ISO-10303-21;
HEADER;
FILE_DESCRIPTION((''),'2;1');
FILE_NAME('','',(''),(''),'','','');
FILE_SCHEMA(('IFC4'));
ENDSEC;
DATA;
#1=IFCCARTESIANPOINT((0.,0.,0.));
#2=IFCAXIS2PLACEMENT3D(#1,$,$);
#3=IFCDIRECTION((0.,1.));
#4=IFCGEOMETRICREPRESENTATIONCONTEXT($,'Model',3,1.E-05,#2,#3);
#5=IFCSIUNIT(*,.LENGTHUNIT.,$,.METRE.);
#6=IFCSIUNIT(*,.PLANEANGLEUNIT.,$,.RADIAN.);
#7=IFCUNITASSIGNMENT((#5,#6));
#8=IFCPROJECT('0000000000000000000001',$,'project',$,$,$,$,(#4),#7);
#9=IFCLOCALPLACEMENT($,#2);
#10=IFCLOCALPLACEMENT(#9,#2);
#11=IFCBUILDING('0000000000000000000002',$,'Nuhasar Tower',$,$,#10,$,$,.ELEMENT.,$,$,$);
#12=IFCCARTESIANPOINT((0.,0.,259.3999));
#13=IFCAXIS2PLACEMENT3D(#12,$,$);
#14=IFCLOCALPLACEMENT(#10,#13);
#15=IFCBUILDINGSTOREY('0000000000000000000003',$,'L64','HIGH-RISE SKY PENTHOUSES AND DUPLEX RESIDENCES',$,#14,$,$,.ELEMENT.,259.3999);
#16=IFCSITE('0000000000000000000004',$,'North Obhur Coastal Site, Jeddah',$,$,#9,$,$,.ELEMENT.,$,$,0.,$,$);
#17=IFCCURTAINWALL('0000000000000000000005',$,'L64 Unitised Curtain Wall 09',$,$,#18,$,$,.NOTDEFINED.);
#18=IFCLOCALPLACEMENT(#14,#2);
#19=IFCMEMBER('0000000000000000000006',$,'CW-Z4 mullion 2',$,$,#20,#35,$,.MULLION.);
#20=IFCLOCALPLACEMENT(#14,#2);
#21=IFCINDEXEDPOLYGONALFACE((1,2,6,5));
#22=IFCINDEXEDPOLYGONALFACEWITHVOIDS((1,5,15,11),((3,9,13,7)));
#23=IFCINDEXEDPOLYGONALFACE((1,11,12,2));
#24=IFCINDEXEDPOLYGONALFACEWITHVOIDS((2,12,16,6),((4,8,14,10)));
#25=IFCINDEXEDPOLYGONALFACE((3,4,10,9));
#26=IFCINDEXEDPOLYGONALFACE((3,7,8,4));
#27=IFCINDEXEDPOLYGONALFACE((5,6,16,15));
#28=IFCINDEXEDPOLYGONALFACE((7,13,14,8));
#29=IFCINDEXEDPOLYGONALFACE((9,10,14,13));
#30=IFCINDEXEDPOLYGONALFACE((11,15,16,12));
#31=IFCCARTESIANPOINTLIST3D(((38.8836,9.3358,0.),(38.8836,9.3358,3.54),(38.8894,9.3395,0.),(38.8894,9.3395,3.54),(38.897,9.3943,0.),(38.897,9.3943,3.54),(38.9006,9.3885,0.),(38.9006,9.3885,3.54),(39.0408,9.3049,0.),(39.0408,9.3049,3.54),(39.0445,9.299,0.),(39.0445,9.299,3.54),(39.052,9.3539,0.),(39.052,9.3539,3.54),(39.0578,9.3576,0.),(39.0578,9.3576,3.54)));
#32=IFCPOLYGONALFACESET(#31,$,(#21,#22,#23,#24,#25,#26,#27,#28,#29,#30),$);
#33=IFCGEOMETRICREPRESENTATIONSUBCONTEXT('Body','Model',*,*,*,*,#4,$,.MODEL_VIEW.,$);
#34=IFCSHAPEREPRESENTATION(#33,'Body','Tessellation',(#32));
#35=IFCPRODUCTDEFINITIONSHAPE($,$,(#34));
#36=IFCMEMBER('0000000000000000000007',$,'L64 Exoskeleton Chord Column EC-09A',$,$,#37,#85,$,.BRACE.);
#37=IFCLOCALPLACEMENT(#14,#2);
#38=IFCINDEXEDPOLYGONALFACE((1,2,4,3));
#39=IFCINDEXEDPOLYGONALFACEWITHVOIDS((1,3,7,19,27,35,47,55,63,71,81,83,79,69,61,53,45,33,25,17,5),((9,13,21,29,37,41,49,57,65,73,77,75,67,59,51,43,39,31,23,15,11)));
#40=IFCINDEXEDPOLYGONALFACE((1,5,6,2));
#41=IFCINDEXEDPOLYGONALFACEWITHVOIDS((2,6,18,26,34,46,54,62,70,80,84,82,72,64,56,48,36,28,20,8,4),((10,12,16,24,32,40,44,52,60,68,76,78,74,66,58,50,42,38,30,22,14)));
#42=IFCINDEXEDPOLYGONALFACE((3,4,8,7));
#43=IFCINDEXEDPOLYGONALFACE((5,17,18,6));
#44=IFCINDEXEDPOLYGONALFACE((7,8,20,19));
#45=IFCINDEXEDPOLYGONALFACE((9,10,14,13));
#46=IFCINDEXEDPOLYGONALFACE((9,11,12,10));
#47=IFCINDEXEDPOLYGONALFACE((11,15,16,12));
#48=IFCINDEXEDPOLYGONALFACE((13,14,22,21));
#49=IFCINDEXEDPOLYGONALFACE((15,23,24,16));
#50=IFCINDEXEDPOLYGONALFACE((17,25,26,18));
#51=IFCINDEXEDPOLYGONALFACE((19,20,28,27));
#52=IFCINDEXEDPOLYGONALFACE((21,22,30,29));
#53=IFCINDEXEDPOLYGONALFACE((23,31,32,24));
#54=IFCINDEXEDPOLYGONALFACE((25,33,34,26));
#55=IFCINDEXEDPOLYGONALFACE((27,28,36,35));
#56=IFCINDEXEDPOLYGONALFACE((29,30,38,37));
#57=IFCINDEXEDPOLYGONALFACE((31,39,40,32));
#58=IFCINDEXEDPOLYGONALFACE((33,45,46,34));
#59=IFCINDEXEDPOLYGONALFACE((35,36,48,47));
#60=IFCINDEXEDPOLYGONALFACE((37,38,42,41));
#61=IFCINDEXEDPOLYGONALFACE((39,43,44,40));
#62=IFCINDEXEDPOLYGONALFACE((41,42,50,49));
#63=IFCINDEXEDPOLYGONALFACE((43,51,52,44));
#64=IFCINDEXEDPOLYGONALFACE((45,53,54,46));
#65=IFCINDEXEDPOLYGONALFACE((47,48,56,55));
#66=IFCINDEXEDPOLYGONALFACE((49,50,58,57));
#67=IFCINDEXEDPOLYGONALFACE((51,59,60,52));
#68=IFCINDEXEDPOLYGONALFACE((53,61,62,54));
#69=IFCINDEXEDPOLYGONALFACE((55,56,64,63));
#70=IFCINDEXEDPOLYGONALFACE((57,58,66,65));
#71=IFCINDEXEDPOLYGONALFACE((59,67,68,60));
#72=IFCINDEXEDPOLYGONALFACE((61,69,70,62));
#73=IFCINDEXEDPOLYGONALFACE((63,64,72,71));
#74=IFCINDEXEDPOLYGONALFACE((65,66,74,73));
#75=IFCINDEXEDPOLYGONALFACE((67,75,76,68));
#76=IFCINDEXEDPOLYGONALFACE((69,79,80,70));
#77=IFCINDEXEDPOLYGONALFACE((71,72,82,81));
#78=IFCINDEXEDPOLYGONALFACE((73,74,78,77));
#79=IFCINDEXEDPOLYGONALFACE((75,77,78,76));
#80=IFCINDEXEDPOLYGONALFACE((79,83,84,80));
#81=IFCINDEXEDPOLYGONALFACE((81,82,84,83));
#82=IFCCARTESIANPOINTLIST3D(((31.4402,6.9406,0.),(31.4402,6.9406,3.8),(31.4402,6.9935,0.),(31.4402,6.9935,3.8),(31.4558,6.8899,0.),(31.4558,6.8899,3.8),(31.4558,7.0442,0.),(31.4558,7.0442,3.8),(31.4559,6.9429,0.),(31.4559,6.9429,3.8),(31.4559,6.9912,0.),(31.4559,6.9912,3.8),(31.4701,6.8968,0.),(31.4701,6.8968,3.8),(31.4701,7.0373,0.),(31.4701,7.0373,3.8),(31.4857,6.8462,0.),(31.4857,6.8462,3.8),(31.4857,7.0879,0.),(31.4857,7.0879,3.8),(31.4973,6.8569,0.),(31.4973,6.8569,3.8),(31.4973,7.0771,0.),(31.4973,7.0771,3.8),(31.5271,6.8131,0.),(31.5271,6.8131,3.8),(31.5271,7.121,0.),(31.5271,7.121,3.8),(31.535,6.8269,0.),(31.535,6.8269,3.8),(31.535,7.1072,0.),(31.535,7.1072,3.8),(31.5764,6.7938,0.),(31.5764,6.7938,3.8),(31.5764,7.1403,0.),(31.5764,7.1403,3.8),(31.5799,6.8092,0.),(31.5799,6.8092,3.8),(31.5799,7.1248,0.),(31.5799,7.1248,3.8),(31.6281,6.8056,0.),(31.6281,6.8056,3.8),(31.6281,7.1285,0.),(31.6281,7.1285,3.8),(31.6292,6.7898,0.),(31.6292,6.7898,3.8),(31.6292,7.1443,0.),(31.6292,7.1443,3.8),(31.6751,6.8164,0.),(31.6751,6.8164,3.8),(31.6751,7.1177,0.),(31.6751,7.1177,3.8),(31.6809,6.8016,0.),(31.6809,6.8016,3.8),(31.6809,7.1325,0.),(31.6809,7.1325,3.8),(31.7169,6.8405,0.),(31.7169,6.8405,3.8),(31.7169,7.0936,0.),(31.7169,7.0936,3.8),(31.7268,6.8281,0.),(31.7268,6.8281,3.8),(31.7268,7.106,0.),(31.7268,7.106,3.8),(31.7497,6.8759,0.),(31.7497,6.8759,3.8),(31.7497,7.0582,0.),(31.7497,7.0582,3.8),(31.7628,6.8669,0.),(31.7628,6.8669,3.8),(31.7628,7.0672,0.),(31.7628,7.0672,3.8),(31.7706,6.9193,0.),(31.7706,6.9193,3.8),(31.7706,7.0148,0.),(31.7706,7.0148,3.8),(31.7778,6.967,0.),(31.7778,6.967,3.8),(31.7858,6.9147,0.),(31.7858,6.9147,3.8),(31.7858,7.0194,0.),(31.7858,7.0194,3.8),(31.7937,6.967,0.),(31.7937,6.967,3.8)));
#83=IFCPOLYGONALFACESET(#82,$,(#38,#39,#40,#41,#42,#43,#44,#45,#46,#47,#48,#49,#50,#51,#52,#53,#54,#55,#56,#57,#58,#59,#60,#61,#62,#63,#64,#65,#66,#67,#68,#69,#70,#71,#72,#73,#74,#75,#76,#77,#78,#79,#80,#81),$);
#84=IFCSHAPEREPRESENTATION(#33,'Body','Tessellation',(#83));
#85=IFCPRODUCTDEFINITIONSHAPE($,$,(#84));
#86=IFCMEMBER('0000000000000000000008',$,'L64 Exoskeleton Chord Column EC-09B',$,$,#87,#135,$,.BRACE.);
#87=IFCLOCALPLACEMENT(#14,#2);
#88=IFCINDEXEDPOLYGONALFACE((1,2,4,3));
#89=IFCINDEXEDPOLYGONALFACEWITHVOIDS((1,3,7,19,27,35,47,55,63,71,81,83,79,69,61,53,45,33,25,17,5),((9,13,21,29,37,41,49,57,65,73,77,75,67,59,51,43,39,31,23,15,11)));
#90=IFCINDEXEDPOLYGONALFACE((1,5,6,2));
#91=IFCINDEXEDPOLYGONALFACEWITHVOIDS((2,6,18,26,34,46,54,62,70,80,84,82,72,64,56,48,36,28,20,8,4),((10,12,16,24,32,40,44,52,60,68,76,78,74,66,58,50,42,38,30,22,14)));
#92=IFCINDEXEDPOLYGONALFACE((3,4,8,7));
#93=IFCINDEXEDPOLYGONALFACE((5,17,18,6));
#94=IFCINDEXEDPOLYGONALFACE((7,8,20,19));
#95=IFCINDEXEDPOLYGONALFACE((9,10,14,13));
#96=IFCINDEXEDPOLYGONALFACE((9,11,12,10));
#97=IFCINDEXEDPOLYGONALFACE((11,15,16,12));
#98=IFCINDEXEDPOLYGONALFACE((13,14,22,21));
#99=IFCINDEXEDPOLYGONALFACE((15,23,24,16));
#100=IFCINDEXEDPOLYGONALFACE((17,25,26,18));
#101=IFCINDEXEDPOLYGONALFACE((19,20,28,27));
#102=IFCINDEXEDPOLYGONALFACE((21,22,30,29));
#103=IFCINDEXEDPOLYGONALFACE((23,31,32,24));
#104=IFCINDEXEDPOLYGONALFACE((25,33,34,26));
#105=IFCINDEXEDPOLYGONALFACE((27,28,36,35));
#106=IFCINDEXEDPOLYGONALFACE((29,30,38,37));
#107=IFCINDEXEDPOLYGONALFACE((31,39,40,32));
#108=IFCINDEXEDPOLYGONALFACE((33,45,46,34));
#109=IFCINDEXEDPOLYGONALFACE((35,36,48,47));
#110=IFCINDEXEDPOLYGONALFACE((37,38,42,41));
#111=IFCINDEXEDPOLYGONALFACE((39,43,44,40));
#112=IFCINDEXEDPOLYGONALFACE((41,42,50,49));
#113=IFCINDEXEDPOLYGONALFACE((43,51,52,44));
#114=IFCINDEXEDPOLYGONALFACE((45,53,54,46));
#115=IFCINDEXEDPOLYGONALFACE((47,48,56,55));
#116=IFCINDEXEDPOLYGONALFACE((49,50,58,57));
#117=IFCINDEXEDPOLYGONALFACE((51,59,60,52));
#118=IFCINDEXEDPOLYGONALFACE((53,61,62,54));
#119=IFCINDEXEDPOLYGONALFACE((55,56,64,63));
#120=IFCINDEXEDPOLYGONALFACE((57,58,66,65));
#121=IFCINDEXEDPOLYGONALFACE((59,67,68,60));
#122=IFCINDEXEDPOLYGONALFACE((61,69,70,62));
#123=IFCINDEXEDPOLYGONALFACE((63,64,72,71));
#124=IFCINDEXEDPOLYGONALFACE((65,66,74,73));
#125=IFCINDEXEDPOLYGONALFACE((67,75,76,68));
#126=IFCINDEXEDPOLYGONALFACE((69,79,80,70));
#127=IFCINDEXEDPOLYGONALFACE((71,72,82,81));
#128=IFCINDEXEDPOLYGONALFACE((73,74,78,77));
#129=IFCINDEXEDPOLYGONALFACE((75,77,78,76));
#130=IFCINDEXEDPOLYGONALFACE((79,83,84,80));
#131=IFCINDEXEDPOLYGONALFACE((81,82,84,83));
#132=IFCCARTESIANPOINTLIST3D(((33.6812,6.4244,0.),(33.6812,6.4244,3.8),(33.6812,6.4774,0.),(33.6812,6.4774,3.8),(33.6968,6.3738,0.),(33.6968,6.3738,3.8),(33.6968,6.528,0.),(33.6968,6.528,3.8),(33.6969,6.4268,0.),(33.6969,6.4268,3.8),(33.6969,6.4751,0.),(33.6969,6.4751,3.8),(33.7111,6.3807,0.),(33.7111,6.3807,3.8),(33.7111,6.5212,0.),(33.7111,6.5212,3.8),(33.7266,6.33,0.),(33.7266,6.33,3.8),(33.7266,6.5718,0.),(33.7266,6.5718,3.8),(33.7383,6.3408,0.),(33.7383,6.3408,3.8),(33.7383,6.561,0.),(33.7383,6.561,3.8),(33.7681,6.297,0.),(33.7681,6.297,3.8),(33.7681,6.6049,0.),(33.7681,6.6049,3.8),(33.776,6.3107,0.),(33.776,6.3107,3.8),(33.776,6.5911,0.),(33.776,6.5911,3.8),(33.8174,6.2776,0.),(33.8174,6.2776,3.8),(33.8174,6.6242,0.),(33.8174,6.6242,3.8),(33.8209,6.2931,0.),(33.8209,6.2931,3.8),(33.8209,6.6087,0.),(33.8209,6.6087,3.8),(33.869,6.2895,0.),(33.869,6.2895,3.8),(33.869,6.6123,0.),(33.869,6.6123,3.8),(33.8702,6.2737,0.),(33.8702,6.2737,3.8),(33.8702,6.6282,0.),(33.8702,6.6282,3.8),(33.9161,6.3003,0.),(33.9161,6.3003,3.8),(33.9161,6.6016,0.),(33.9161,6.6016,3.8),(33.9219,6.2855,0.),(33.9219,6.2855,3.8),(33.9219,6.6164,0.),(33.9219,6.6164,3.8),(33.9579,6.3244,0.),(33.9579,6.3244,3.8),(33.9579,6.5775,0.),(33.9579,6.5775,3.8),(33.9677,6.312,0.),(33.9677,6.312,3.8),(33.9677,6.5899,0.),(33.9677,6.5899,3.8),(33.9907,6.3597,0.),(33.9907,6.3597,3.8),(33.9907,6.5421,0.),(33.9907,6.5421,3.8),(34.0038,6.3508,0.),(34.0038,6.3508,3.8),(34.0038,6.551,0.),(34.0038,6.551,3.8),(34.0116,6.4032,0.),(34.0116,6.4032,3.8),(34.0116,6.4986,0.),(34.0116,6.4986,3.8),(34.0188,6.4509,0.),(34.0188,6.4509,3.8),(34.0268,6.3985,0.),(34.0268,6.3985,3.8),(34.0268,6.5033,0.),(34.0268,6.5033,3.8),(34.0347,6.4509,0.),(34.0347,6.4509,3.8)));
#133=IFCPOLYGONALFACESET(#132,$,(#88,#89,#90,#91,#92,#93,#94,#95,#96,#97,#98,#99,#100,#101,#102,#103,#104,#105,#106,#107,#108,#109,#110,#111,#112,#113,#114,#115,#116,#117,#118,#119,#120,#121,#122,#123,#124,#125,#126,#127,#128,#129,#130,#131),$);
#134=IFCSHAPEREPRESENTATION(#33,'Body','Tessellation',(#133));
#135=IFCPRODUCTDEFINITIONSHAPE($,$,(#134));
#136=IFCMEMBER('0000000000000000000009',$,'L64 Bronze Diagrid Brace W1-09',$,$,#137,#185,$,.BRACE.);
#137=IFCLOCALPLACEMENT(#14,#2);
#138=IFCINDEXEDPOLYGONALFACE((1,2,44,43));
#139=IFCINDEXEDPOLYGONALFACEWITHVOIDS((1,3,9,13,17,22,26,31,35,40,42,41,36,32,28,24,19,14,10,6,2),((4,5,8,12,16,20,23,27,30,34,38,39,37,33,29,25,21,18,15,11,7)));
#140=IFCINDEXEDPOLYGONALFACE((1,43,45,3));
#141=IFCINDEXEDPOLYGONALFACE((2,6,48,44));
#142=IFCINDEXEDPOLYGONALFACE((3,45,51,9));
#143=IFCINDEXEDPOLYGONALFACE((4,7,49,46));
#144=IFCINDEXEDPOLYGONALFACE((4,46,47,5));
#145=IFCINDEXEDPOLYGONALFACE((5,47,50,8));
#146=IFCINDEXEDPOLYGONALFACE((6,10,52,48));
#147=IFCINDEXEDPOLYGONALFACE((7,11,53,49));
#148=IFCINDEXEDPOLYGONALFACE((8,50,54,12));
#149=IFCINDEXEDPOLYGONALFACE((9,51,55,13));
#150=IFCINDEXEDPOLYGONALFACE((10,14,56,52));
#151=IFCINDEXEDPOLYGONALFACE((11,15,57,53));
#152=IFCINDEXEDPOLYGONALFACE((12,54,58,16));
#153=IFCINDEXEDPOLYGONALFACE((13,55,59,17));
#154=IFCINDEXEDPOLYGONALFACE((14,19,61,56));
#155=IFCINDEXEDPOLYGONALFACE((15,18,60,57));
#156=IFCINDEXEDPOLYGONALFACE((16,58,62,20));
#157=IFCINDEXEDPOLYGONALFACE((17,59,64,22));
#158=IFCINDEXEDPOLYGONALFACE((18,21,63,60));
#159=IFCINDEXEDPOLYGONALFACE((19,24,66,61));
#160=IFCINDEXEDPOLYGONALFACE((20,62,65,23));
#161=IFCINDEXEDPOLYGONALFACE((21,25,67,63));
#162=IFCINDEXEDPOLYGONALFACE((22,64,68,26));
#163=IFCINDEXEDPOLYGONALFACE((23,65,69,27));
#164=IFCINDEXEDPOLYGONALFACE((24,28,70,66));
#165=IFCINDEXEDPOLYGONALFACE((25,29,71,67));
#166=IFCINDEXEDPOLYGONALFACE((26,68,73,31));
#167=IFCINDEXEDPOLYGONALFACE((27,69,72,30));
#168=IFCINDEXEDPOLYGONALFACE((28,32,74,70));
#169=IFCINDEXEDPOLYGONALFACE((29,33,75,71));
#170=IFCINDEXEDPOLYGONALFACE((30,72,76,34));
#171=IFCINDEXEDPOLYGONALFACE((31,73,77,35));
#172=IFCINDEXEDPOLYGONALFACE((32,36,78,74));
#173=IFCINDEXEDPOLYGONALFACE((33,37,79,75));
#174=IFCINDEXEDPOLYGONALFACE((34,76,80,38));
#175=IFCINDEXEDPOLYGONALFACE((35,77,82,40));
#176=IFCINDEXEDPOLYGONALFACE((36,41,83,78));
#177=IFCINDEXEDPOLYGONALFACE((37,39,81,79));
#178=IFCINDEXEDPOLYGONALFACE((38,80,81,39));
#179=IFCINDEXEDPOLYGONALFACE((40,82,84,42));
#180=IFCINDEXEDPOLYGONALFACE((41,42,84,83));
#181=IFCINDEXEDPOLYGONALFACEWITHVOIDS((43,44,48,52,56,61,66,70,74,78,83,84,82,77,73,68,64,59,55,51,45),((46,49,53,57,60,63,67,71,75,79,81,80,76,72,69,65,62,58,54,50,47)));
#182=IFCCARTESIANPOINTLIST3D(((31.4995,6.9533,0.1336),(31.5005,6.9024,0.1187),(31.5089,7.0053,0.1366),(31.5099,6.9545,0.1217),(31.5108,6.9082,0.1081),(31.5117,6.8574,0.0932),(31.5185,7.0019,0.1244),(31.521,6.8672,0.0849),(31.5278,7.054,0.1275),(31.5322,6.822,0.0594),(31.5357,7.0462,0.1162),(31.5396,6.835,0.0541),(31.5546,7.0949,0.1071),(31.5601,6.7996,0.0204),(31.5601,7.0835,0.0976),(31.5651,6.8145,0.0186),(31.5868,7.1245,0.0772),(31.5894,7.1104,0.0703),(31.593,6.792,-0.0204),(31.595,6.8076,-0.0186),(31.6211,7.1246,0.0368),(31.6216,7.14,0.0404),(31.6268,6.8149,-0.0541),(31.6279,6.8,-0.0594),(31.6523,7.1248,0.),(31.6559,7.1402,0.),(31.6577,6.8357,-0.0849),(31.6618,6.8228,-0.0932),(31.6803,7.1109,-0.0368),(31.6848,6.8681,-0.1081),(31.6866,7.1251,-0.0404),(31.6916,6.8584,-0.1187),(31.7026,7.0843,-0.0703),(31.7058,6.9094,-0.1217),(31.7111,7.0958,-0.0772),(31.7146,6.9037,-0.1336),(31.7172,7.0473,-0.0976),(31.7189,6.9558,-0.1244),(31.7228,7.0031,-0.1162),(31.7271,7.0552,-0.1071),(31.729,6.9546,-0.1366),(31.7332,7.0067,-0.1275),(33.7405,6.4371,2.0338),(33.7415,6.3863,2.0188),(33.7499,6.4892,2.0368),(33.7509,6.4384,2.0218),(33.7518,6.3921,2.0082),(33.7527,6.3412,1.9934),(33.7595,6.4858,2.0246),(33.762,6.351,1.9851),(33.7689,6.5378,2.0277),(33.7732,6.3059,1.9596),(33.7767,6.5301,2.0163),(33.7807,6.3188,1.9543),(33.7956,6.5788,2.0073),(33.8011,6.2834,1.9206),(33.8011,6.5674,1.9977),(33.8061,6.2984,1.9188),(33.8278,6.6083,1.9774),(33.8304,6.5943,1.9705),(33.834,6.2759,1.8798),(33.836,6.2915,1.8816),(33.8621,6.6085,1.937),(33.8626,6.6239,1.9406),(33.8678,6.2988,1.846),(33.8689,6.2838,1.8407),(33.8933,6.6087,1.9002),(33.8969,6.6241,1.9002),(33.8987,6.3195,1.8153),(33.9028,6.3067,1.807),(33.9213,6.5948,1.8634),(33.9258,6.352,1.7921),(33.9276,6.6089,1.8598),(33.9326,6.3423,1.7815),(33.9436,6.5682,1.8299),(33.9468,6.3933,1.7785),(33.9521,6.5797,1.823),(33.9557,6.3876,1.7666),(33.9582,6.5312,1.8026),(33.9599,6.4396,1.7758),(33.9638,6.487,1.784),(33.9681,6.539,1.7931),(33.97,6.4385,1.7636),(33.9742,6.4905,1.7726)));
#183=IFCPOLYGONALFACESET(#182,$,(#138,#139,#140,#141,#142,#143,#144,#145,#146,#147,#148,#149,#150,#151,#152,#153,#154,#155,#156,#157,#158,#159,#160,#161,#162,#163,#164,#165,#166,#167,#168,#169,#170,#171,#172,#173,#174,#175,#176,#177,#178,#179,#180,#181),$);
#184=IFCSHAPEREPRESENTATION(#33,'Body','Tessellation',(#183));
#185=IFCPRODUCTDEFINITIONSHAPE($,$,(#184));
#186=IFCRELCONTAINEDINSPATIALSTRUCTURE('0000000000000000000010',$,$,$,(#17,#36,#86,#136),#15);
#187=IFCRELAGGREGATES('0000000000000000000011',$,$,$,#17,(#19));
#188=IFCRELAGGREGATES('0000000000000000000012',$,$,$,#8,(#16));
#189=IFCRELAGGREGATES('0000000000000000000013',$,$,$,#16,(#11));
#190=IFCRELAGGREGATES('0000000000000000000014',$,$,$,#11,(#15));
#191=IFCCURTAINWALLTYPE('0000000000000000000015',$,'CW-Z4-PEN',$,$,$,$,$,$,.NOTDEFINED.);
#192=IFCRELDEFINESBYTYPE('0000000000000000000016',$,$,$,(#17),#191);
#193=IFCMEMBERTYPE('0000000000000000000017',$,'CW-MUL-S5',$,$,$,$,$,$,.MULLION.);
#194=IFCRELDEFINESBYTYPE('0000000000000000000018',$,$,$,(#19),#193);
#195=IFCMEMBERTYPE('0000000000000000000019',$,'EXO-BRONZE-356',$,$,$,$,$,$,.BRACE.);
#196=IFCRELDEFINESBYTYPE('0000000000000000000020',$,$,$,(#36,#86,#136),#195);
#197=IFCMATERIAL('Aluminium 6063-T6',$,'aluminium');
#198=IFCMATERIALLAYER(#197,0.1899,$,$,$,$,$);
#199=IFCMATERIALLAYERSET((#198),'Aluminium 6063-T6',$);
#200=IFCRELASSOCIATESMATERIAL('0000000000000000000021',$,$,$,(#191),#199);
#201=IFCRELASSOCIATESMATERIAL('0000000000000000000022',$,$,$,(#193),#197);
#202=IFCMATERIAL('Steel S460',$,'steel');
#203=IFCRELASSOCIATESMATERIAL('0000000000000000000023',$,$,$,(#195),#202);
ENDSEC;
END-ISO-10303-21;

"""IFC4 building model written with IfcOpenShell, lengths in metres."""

from ifc_helpers import new_model, si_unit, direction, frame, origin, origin_2d, place, context, subcontext, project, spatial, hollow_rectangle, hollow_circle, extrude, material, layer, layer_set, material_profile, profile_set, type_object, element, aggregate, save


model = new_model("IFC4")

# Units and contexts
model_context = context("Model", 3, precision=1e-05, world=origin(), true_north=direction((0.0, 1.0)))
body_context = subcontext(model_context, "Body", "Model", "MODEL_VIEW")
ifc_project = project(units=[si_unit("LENGTHUNIT", "METRE"), si_unit("PLANEANGLEUNIT", "RADIAN")], contexts=[model_context])

# Site, building, storey
site_placement = place(None, origin())
site = spatial("IfcSite", under=ifc_project, at=site_placement, Name="North Obhur Coastal Site, Jeddah", CompositionType="ELEMENT", RefElevation=0.0)
building_placement = place(site_placement, origin())
building = spatial("IfcBuilding", under=site, at=building_placement, Name="Nuhasar Tower", CompositionType="ELEMENT")
storey_placement = place(building_placement, frame((0.0, 0.0, 259.3999)))
storey = spatial("IfcBuildingStorey", under=building, at=storey_placement, Name="L64", Description="HIGH-RISE SKY PENTHOUSES AND DUPLEX RESIDENCES", CompositionType="ELEMENT", Elevation=259.3999)

# Curtain wall, member
ifc_material_1 = material(Name="Aluminium 6063-T6", Category="aluminium")
ifc_layer_1 = layer(ifc_material_1, 0.1899)
ifc_layer_set_1 = layer_set([ifc_layer_1], Name="Aluminium 6063-T6")
curtain_wall_type = type_object("IfcCurtainWallType", Name="CW-Z4-PEN", PredefinedType="NOTDEFINED", material=ifc_layer_set_1)
curtain_wall_placement = place(storey_placement, origin())
curtain_wall = element("IfcCurtainWall", 1, at=curtain_wall_placement, inside=storey, type_object=curtain_wall_type, Name="L64 Unitised Curtain Wall 09", PredefinedType="NOTDEFINED")
ifc_material_profile_1 = material_profile(ifc_material_1, hollow_rectangle(XDim=0.0601, YDim=0.165, WallThickness=0.0049, at=origin_2d()), Name="CWM-5")
ifc_profile_set_1 = profile_set([ifc_material_profile_1], Name="Aluminium 6063-T6")
member_type_1 = type_object("IfcMemberType", Name="CW-MUL-S5", PredefinedType="MULLION", material=ifc_profile_set_1)
member_1_placement = place(storey_placement, frame((38.9707, 9.3467, 0.0), z_axis=(0.0, 0.0, 1.0), x_axis=(0.222889, 0.974844, 0.0)))
member_1 = element("IfcMember", 2, at=member_1_placement, type_object=member_type_1, Name="CW-Z4 mullion 2", PredefinedType="MULLION", context=body_context, shape_type="SweptSolid", body=[
    extrude(hollow_rectangle(XDim=0.0601, YDim=0.165, WallThickness=0.0049, at=origin_2d()), origin(), (0.0, 0.0, 1.0), 3.54),
])

# Members
ifc_material_2 = material(Name="Steel S460", Category="steel")
ifc_material_profile_2 = material_profile(ifc_material_2, hollow_circle(Radius=0.1777, WallThickness=0.0159, at=origin_2d()), Name="HSS355.6X15.9")
ifc_profile_set_2 = profile_set([ifc_material_profile_2], Name="Steel S460")
member_type_2 = type_object("IfcMemberType", Name="EXO-BRONZE-356", PredefinedType="BRACE", material=ifc_profile_set_2)
for number, where, z_axis, x_axis, name in (
    (3, (31.616, 6.967, 0.0), (0.0, 0.0, 1.0), (1.0, 0.0, 0.0), "L64 Exoskeleton Chord Column EC-09A"),
    (4, (33.8569, 6.4509, 0.0), (0.0, 0.0, 1.0), (1.0, 0.0, 0.0), "L64 Exoskeleton Chord Column EC-09B"),
):
    element("IfcMember", number, at=place(storey_placement, frame(where, z_axis=z_axis, x_axis=x_axis)), inside=storey, type_object=member_type_2, Name=name, PredefinedType="BRACE", context=body_context, shape_type="SweptSolid", body=[
        extrude(hollow_circle(Radius=0.1777, WallThickness=0.0159, at=origin_2d()), origin(), (0.0, 0.0, 1.0), 3.8),
    ])
member_2_placement = place(storey_placement, frame((31.616, 6.967, 0.0), z_axis=(0.751222, -0.173013, 0.636971), x_axis=(0.224433, 0.97449, 0.0)))
element("IfcMember", 5, at=member_2_placement, inside=storey, type_object=member_type_2, Name="L64 Bronze Diagrid Brace W1-09", PredefinedType="BRACE", context=body_context, shape_type="SweptSolid", body=[
    extrude(hollow_circle(Radius=0.1777, WallThickness=0.0159, at=origin_2d()), origin(), (0.0, 0.0, 1.0), 2.9832),
])

aggregate(curtain_wall, [member_1])

save(model, "model.ifc")
